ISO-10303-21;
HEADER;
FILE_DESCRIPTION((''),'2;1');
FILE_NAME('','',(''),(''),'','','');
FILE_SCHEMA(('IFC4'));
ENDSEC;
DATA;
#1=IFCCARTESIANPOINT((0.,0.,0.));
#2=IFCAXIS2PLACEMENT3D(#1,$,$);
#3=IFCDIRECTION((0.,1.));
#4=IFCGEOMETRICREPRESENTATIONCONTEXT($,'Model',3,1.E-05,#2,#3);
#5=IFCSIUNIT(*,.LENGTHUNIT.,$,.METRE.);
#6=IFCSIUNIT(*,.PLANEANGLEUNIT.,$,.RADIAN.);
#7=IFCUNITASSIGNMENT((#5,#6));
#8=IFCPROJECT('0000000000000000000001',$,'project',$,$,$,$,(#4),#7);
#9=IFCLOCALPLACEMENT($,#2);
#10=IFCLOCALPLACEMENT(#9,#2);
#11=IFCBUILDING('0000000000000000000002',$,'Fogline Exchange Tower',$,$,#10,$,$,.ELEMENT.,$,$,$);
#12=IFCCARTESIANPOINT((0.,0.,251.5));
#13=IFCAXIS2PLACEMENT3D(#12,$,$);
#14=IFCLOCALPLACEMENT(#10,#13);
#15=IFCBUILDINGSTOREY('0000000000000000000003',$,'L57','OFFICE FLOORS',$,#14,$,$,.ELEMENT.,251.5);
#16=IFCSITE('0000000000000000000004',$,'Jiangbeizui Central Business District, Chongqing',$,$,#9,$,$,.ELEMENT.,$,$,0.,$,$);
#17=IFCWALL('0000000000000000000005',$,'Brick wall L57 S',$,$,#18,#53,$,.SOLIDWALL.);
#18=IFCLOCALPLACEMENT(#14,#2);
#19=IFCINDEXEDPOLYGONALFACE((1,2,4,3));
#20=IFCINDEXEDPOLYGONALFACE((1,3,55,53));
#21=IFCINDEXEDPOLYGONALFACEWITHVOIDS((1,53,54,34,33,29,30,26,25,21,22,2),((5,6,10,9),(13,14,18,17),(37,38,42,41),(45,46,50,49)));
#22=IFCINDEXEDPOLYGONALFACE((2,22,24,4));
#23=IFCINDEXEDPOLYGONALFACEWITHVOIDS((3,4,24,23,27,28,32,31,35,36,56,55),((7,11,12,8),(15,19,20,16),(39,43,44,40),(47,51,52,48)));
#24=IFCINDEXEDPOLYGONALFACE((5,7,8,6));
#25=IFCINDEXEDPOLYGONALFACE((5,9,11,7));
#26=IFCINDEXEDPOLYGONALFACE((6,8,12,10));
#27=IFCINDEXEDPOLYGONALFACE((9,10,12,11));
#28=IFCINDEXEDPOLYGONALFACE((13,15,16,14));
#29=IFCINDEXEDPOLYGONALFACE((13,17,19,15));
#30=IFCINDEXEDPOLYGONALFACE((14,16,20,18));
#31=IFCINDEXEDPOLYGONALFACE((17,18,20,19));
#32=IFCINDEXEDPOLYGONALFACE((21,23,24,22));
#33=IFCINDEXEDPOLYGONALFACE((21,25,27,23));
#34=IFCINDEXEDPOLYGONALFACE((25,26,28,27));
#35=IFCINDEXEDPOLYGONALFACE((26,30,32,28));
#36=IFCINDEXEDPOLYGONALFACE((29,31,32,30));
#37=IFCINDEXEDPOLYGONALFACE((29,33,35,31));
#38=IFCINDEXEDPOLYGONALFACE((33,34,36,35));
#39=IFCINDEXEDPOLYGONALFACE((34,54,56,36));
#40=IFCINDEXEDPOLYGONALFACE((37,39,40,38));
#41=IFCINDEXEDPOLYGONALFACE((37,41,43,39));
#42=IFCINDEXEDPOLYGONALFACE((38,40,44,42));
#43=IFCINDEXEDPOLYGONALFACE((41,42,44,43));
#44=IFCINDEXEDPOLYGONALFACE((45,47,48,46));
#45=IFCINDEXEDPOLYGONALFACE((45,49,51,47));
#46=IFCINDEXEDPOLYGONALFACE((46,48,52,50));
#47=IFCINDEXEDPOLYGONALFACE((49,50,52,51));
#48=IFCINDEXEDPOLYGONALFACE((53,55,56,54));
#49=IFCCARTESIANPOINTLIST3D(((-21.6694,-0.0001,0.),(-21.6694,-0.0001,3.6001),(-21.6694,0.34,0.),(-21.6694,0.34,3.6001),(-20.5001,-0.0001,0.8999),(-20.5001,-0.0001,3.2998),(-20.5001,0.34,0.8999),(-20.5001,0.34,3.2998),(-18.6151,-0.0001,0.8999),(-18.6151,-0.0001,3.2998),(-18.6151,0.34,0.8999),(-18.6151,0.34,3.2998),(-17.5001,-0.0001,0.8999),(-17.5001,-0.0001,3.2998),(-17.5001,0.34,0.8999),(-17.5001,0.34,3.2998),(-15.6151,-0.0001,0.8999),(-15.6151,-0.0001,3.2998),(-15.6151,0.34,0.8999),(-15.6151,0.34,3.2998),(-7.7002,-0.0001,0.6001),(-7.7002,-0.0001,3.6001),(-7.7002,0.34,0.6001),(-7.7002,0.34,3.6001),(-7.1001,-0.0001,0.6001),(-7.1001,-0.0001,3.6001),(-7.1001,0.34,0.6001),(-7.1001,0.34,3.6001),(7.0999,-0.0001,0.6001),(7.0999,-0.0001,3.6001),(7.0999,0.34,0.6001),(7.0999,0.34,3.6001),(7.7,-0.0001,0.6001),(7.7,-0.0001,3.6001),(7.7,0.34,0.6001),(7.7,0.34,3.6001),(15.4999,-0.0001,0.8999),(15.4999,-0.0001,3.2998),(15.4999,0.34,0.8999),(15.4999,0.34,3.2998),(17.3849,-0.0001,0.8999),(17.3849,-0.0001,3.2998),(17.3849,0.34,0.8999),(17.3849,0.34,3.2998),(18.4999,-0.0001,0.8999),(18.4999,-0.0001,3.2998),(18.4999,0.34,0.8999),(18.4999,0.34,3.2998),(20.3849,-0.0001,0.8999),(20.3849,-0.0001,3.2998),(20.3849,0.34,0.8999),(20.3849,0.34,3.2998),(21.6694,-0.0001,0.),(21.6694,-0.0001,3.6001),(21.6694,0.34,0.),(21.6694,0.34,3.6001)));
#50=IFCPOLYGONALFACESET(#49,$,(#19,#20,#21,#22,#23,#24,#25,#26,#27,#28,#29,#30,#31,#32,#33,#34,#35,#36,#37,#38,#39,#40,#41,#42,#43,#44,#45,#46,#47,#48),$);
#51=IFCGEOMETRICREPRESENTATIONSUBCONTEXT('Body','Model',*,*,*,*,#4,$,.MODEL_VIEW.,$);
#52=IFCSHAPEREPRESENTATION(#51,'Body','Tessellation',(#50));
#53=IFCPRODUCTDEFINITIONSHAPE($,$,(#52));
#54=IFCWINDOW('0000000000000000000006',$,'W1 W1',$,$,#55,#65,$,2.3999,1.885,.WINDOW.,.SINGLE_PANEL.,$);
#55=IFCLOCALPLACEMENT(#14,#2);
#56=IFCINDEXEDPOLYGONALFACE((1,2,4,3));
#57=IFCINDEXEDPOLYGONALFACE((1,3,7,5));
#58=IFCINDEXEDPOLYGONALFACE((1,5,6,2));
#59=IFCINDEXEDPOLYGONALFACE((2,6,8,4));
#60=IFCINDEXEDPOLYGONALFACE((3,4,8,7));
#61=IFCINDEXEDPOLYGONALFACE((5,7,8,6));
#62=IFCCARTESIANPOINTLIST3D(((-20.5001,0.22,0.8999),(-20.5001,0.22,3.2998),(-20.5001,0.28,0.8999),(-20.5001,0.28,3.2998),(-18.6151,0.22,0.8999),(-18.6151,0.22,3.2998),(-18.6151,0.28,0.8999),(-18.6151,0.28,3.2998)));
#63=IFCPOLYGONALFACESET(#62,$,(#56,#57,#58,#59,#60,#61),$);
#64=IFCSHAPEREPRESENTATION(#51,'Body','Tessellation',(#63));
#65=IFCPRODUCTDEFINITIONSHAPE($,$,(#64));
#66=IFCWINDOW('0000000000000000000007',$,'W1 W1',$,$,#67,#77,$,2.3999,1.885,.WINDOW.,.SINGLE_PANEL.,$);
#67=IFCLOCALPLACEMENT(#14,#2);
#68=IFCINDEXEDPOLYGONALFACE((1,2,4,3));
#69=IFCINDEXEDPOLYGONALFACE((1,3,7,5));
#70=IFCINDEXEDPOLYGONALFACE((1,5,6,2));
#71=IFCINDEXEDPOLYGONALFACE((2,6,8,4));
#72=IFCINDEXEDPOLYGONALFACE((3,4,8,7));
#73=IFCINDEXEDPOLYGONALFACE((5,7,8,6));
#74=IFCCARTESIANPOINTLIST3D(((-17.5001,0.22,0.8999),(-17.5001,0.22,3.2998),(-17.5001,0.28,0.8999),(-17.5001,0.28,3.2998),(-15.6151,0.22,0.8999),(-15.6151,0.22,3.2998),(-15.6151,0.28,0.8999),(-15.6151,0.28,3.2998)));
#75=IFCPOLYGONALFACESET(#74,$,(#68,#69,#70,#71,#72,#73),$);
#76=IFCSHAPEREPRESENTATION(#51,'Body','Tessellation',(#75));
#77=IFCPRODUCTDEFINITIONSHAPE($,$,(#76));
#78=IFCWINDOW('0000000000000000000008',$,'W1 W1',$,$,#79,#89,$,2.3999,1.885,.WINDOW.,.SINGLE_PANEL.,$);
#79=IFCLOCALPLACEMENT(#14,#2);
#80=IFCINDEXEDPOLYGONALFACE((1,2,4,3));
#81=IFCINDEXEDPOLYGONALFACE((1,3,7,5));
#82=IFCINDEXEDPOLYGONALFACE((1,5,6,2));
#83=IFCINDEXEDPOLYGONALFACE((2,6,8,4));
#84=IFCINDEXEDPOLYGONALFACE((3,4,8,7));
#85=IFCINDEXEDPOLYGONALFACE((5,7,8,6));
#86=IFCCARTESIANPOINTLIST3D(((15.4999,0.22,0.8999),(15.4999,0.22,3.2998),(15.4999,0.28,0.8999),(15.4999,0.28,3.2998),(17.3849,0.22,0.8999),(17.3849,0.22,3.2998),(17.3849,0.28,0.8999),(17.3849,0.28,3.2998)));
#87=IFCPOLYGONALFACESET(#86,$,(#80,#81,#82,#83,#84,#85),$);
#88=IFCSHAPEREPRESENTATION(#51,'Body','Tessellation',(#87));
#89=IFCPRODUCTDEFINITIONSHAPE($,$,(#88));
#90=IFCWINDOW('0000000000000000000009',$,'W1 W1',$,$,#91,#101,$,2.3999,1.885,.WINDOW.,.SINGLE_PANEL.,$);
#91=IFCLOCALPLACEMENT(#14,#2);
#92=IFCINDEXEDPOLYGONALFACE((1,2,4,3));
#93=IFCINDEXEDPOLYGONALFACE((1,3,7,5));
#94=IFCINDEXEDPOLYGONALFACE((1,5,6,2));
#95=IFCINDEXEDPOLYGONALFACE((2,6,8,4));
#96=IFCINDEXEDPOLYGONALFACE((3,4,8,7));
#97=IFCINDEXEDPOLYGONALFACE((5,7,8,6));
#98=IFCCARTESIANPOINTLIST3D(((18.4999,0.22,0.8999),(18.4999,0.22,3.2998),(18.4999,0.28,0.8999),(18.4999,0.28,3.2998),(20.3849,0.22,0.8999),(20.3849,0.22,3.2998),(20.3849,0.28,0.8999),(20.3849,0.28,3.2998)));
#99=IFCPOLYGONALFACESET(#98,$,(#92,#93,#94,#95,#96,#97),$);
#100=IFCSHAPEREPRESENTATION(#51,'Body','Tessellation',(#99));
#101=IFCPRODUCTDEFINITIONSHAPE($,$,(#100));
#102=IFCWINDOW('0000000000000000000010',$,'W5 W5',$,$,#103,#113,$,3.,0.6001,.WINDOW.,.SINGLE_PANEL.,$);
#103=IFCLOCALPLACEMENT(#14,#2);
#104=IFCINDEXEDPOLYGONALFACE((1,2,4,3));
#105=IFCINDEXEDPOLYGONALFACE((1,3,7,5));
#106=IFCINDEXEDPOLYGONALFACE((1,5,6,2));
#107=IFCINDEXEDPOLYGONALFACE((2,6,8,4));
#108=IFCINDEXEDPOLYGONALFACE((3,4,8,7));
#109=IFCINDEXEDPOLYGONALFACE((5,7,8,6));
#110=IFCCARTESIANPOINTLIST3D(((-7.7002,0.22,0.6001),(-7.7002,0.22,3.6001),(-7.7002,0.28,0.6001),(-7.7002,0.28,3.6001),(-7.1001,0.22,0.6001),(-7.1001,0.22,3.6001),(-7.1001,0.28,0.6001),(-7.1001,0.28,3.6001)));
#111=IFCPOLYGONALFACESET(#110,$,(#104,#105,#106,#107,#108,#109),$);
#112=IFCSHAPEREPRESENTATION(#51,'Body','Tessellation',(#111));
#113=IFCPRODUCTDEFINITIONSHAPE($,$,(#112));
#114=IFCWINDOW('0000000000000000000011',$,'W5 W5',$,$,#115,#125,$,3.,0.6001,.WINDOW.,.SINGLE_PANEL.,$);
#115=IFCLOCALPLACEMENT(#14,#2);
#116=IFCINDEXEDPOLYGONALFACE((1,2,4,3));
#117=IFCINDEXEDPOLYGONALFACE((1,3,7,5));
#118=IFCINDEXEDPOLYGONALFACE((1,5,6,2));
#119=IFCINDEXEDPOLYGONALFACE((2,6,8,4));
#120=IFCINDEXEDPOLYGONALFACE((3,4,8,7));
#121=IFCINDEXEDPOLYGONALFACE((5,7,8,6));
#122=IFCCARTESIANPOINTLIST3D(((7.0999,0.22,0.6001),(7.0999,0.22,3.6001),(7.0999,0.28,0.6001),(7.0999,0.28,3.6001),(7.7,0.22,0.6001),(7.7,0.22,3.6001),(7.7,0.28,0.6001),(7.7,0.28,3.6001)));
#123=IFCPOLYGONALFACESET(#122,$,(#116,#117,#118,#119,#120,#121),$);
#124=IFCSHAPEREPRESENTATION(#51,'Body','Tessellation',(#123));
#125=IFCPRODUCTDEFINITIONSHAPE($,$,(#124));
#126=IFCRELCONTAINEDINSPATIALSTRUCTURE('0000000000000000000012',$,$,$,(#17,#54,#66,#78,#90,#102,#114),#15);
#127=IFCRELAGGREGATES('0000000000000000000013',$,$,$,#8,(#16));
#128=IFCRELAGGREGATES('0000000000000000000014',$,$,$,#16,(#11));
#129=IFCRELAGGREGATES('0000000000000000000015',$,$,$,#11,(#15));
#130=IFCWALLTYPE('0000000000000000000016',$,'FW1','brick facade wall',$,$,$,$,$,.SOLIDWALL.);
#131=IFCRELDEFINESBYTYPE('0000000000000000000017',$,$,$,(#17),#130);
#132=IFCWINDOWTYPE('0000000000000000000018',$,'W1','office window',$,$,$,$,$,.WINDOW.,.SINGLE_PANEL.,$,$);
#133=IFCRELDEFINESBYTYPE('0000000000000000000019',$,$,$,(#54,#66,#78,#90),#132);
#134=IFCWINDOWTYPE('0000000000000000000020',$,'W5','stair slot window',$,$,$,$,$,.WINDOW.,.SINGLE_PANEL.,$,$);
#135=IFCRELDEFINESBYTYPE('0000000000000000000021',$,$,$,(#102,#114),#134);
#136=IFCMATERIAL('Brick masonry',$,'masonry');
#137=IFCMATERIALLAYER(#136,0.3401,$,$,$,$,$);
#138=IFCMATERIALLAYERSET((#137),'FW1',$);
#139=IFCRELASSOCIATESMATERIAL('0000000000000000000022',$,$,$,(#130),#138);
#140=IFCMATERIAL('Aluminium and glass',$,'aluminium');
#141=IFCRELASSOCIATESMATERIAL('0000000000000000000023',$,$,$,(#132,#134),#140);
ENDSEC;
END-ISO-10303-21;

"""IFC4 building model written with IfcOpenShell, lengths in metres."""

from ifc_helpers import new_model, si_unit, direction, frame, frame_2d, origin, place, context, subcontext, project, spatial, rectangle, extrude, material, layer, layer_set, type_object, element, fill, save


model = new_model("IFC4")

# Units and contexts
model_context = context("Model", 3, precision=1e-05, world=origin(), true_north=direction((0.0, 1.0)))
body_context = subcontext(model_context, "Body", "Model", "MODEL_VIEW")
ifc_project = project(units=[si_unit("LENGTHUNIT", "METRE"), si_unit("PLANEANGLEUNIT", "RADIAN")], contexts=[model_context])

# Site, building, storey
site_placement = place(None, origin())
site = spatial("IfcSite", under=ifc_project, at=site_placement, Name="Jiangbeizui Central Business District, Chongqing", CompositionType="ELEMENT", RefElevation=0.0)
building_placement = place(site_placement, origin())
building = spatial("IfcBuilding", under=site, at=building_placement, Name="Fogline Exchange Tower", CompositionType="ELEMENT")
storey_placement = place(building_placement, frame((0.0, 0.0, 251.5)))
storey = spatial("IfcBuildingStorey", under=building, at=storey_placement, Name="L57", Description="OFFICE FLOORS", CompositionType="ELEMENT", Elevation=251.5)

# Shared definitions
ifc_material_1 = material(Name="Brick masonry", Category="masonry")
ifc_layer = layer(ifc_material_1, 0.3401)
ifc_layer_set = layer_set([ifc_layer], Name="FW1")
wall_type = type_object("IfcWallType", Name="FW1", Description="brick facade wall", PredefinedType="SOLIDWALL", material=ifc_layer_set)
ifc_material_2 = material(Name="Aluminium and glass", Category="aluminium")

# Wall, openings, windows
wall_1_placement = place(storey_placement, frame((-21.6694, 0.1699, 0.0), z_axis=(0.0, 0.0, 1.0), x_axis=(1.0, 0.0, 0.0)))
wall_1 = element("IfcWall", 1, at=wall_1_placement, inside=storey, type_object=wall_type, Name="Brick wall L57 S", PredefinedType="SOLIDWALL", context=body_context, shape_type="SweptSolid", body=[
    extrude(rectangle(XDim=43.3389, YDim=0.3401, at=frame_2d((21.6694, 0.0))), origin(), (0.0, 0.0, 1.0), 3.6001),
])
opening_1_placement = place(wall_1_placement, frame((1.1694, 0.0, 0.8999)))
opening_1 = element("IfcOpeningElement", 2, at=opening_1_placement, cuts=wall_1, PredefinedType="OPENING", context=body_context, shape_type="SweptSolid", body=[
    extrude(rectangle(XDim=1.885, YDim=2.3999, at=frame_2d((0.9424, 1.2))), frame((0.0, 0.1802, 0.0), z_axis=(0.0, -1.0, 0.0), x_axis=(1.0, 0.0, 0.0)), (0.0, 0.0, 1.0), 0.3601),
])
opening_2_placement = place(wall_1_placement, frame((4.1694, 0.0, 0.8999)))
opening_2 = element("IfcOpeningElement", 3, at=opening_2_placement, cuts=wall_1, PredefinedType="OPENING", context=body_context, shape_type="SweptSolid", body=[
    extrude(rectangle(XDim=1.885, YDim=2.3999, at=frame_2d((0.9424, 1.2))), frame((0.0, 0.1802, 0.0), z_axis=(0.0, -1.0, 0.0), x_axis=(1.0, 0.0, 0.0)), (0.0, 0.0, 1.0), 0.3601),
])
opening_3_placement = place(wall_1_placement, frame((37.1694, 0.0, 0.8999)))
opening_3 = element("IfcOpeningElement", 4, at=opening_3_placement, cuts=wall_1, PredefinedType="OPENING", context=body_context, shape_type="SweptSolid", body=[
    extrude(rectangle(XDim=1.885, YDim=2.3999, at=frame_2d((0.9424, 1.2))), frame((0.0, 0.1802, 0.0), z_axis=(0.0, -1.0, 0.0), x_axis=(1.0, 0.0, 0.0)), (0.0, 0.0, 1.0), 0.3601),
])
opening_4_placement = place(wall_1_placement, frame((40.1694, 0.0, 0.8999)))
opening_4 = element("IfcOpeningElement", 5, at=opening_4_placement, cuts=wall_1, PredefinedType="OPENING", context=body_context, shape_type="SweptSolid", body=[
    extrude(rectangle(XDim=1.885, YDim=2.3999, at=frame_2d((0.9424, 1.2))), frame((0.0, 0.1802, 0.0), z_axis=(0.0, -1.0, 0.0), x_axis=(1.0, 0.0, 0.0)), (0.0, 0.0, 1.0), 0.3601),
])
opening_5_placement = place(wall_1_placement, frame((13.9692, 0.0, 0.6001)))
opening_5 = element("IfcOpeningElement", 6, at=opening_5_placement, cuts=wall_1, PredefinedType="OPENING", context=body_context, shape_type="SweptSolid", body=[
    extrude(rectangle(XDim=0.6001, YDim=3.0, at=frame_2d((0.3, 1.5))), frame((0.0, 0.1802, 0.0), z_axis=(0.0, -1.0, 0.0), x_axis=(1.0, 0.0, 0.0)), (0.0, 0.0, 1.0), 0.3601),
])
opening_6_placement = place(wall_1_placement, frame((28.7693, 0.0, 0.6001)))
opening_6 = element("IfcOpeningElement", 7, at=opening_6_placement, cuts=wall_1, PredefinedType="OPENING", context=body_context, shape_type="SweptSolid", body=[
    extrude(rectangle(XDim=0.6001, YDim=3.0, at=frame_2d((0.3, 1.5))), frame((0.0, 0.1802, 0.0), z_axis=(0.0, -1.0, 0.0), x_axis=(1.0, 0.0, 0.0)), (0.0, 0.0, 1.0), 0.3601),
])
window_type_1 = type_object("IfcWindowType", Name="W1", Description="office window", PartitioningType="SINGLE_PANEL", PredefinedType="WINDOW", material=ifc_material_2)
window_1_placement = place(opening_1_placement, origin())
window_1 = element("IfcWindow", 8, at=window_1_placement, inside=storey, type_object=window_type_1, Name="W1 W1", OverallHeight=2.3999, OverallWidth=1.885, PartitioningType="SINGLE_PANEL", PredefinedType="WINDOW", context=body_context, shape_type="SweptSolid", body=[
    extrude(rectangle(XDim=1.885, YDim=2.3999, at=frame_2d((0.9424, 1.2))), frame((0.0, 0.1101, 0.0), z_axis=(0.0, -1.0, 0.0), x_axis=(1.0, 0.0, 0.0)), (0.0, 0.0, 1.0), 0.0601),
])
fill(opening_1, window_1)
window_2_placement = place(opening_2_placement, origin())
window_2 = element("IfcWindow", 9, at=window_2_placement, inside=storey, type_object=window_type_1, Name="W1 W1", OverallHeight=2.3999, OverallWidth=1.885, PartitioningType="SINGLE_PANEL", PredefinedType="WINDOW", context=body_context, shape_type="SweptSolid", body=[
    extrude(rectangle(XDim=1.885, YDim=2.3999, at=frame_2d((0.9424, 1.2))), frame((0.0, 0.1101, 0.0), z_axis=(0.0, -1.0, 0.0), x_axis=(1.0, 0.0, 0.0)), (0.0, 0.0, 1.0), 0.0601),
])
fill(opening_2, window_2)
window_3_placement = place(opening_3_placement, origin())
window_3 = element("IfcWindow", 10, at=window_3_placement, inside=storey, type_object=window_type_1, Name="W1 W1", OverallHeight=2.3999, OverallWidth=1.885, PartitioningType="SINGLE_PANEL", PredefinedType="WINDOW", context=body_context, shape_type="SweptSolid", body=[
    extrude(rectangle(XDim=1.885, YDim=2.3999, at=frame_2d((0.9424, 1.2))), frame((0.0, 0.1101, 0.0), z_axis=(0.0, -1.0, 0.0), x_axis=(1.0, 0.0, 0.0)), (0.0, 0.0, 1.0), 0.0601),
])
fill(opening_3, window_3)
window_4_placement = place(opening_4_placement, origin())
window_4 = element("IfcWindow", 11, at=window_4_placement, inside=storey, type_object=window_type_1, Name="W1 W1", OverallHeight=2.3999, OverallWidth=1.885, PartitioningType="SINGLE_PANEL", PredefinedType="WINDOW", context=body_context, shape_type="SweptSolid", body=[
    extrude(rectangle(XDim=1.885, YDim=2.3999, at=frame_2d((0.9424, 1.2))), frame((0.0, 0.1101, 0.0), z_axis=(0.0, -1.0, 0.0), x_axis=(1.0, 0.0, 0.0)), (0.0, 0.0, 1.0), 0.0601),
])
fill(opening_4, window_4)
window_type_2 = type_object("IfcWindowType", Name="W5", Description="stair slot window", PartitioningType="SINGLE_PANEL", PredefinedType="WINDOW", material=ifc_material_2)
window_5_placement = place(opening_5_placement, origin())
window_5 = element("IfcWindow", 12, at=window_5_placement, inside=storey, type_object=window_type_2, Name="W5 W5", OverallHeight=3.0, OverallWidth=0.6001, PartitioningType="SINGLE_PANEL", PredefinedType="WINDOW", context=body_context, shape_type="SweptSolid", body=[
    extrude(rectangle(XDim=0.6001, YDim=3.0, at=frame_2d((0.3, 1.5))), frame((0.0, 0.1101, 0.0), z_axis=(0.0, -1.0, 0.0), x_axis=(1.0, 0.0, 0.0)), (0.0, 0.0, 1.0), 0.0601),
])
fill(opening_5, window_5)
window_6_placement = place(opening_6_placement, origin())
window_6 = element("IfcWindow", 13, at=window_6_placement, inside=storey, type_object=window_type_2, Name="W5 W5", OverallHeight=3.0, OverallWidth=0.6001, PartitioningType="SINGLE_PANEL", PredefinedType="WINDOW", context=body_context, shape_type="SweptSolid", body=[
    extrude(rectangle(XDim=0.6001, YDim=3.0, at=frame_2d((0.3, 1.5))), frame((0.0, 0.1101, 0.0), z_axis=(0.0, -1.0, 0.0), x_axis=(1.0, 0.0, 0.0)), (0.0, 0.0, 1.0), 0.0601),
])
fill(opening_6, window_6)

save(model, "model.ifc")
